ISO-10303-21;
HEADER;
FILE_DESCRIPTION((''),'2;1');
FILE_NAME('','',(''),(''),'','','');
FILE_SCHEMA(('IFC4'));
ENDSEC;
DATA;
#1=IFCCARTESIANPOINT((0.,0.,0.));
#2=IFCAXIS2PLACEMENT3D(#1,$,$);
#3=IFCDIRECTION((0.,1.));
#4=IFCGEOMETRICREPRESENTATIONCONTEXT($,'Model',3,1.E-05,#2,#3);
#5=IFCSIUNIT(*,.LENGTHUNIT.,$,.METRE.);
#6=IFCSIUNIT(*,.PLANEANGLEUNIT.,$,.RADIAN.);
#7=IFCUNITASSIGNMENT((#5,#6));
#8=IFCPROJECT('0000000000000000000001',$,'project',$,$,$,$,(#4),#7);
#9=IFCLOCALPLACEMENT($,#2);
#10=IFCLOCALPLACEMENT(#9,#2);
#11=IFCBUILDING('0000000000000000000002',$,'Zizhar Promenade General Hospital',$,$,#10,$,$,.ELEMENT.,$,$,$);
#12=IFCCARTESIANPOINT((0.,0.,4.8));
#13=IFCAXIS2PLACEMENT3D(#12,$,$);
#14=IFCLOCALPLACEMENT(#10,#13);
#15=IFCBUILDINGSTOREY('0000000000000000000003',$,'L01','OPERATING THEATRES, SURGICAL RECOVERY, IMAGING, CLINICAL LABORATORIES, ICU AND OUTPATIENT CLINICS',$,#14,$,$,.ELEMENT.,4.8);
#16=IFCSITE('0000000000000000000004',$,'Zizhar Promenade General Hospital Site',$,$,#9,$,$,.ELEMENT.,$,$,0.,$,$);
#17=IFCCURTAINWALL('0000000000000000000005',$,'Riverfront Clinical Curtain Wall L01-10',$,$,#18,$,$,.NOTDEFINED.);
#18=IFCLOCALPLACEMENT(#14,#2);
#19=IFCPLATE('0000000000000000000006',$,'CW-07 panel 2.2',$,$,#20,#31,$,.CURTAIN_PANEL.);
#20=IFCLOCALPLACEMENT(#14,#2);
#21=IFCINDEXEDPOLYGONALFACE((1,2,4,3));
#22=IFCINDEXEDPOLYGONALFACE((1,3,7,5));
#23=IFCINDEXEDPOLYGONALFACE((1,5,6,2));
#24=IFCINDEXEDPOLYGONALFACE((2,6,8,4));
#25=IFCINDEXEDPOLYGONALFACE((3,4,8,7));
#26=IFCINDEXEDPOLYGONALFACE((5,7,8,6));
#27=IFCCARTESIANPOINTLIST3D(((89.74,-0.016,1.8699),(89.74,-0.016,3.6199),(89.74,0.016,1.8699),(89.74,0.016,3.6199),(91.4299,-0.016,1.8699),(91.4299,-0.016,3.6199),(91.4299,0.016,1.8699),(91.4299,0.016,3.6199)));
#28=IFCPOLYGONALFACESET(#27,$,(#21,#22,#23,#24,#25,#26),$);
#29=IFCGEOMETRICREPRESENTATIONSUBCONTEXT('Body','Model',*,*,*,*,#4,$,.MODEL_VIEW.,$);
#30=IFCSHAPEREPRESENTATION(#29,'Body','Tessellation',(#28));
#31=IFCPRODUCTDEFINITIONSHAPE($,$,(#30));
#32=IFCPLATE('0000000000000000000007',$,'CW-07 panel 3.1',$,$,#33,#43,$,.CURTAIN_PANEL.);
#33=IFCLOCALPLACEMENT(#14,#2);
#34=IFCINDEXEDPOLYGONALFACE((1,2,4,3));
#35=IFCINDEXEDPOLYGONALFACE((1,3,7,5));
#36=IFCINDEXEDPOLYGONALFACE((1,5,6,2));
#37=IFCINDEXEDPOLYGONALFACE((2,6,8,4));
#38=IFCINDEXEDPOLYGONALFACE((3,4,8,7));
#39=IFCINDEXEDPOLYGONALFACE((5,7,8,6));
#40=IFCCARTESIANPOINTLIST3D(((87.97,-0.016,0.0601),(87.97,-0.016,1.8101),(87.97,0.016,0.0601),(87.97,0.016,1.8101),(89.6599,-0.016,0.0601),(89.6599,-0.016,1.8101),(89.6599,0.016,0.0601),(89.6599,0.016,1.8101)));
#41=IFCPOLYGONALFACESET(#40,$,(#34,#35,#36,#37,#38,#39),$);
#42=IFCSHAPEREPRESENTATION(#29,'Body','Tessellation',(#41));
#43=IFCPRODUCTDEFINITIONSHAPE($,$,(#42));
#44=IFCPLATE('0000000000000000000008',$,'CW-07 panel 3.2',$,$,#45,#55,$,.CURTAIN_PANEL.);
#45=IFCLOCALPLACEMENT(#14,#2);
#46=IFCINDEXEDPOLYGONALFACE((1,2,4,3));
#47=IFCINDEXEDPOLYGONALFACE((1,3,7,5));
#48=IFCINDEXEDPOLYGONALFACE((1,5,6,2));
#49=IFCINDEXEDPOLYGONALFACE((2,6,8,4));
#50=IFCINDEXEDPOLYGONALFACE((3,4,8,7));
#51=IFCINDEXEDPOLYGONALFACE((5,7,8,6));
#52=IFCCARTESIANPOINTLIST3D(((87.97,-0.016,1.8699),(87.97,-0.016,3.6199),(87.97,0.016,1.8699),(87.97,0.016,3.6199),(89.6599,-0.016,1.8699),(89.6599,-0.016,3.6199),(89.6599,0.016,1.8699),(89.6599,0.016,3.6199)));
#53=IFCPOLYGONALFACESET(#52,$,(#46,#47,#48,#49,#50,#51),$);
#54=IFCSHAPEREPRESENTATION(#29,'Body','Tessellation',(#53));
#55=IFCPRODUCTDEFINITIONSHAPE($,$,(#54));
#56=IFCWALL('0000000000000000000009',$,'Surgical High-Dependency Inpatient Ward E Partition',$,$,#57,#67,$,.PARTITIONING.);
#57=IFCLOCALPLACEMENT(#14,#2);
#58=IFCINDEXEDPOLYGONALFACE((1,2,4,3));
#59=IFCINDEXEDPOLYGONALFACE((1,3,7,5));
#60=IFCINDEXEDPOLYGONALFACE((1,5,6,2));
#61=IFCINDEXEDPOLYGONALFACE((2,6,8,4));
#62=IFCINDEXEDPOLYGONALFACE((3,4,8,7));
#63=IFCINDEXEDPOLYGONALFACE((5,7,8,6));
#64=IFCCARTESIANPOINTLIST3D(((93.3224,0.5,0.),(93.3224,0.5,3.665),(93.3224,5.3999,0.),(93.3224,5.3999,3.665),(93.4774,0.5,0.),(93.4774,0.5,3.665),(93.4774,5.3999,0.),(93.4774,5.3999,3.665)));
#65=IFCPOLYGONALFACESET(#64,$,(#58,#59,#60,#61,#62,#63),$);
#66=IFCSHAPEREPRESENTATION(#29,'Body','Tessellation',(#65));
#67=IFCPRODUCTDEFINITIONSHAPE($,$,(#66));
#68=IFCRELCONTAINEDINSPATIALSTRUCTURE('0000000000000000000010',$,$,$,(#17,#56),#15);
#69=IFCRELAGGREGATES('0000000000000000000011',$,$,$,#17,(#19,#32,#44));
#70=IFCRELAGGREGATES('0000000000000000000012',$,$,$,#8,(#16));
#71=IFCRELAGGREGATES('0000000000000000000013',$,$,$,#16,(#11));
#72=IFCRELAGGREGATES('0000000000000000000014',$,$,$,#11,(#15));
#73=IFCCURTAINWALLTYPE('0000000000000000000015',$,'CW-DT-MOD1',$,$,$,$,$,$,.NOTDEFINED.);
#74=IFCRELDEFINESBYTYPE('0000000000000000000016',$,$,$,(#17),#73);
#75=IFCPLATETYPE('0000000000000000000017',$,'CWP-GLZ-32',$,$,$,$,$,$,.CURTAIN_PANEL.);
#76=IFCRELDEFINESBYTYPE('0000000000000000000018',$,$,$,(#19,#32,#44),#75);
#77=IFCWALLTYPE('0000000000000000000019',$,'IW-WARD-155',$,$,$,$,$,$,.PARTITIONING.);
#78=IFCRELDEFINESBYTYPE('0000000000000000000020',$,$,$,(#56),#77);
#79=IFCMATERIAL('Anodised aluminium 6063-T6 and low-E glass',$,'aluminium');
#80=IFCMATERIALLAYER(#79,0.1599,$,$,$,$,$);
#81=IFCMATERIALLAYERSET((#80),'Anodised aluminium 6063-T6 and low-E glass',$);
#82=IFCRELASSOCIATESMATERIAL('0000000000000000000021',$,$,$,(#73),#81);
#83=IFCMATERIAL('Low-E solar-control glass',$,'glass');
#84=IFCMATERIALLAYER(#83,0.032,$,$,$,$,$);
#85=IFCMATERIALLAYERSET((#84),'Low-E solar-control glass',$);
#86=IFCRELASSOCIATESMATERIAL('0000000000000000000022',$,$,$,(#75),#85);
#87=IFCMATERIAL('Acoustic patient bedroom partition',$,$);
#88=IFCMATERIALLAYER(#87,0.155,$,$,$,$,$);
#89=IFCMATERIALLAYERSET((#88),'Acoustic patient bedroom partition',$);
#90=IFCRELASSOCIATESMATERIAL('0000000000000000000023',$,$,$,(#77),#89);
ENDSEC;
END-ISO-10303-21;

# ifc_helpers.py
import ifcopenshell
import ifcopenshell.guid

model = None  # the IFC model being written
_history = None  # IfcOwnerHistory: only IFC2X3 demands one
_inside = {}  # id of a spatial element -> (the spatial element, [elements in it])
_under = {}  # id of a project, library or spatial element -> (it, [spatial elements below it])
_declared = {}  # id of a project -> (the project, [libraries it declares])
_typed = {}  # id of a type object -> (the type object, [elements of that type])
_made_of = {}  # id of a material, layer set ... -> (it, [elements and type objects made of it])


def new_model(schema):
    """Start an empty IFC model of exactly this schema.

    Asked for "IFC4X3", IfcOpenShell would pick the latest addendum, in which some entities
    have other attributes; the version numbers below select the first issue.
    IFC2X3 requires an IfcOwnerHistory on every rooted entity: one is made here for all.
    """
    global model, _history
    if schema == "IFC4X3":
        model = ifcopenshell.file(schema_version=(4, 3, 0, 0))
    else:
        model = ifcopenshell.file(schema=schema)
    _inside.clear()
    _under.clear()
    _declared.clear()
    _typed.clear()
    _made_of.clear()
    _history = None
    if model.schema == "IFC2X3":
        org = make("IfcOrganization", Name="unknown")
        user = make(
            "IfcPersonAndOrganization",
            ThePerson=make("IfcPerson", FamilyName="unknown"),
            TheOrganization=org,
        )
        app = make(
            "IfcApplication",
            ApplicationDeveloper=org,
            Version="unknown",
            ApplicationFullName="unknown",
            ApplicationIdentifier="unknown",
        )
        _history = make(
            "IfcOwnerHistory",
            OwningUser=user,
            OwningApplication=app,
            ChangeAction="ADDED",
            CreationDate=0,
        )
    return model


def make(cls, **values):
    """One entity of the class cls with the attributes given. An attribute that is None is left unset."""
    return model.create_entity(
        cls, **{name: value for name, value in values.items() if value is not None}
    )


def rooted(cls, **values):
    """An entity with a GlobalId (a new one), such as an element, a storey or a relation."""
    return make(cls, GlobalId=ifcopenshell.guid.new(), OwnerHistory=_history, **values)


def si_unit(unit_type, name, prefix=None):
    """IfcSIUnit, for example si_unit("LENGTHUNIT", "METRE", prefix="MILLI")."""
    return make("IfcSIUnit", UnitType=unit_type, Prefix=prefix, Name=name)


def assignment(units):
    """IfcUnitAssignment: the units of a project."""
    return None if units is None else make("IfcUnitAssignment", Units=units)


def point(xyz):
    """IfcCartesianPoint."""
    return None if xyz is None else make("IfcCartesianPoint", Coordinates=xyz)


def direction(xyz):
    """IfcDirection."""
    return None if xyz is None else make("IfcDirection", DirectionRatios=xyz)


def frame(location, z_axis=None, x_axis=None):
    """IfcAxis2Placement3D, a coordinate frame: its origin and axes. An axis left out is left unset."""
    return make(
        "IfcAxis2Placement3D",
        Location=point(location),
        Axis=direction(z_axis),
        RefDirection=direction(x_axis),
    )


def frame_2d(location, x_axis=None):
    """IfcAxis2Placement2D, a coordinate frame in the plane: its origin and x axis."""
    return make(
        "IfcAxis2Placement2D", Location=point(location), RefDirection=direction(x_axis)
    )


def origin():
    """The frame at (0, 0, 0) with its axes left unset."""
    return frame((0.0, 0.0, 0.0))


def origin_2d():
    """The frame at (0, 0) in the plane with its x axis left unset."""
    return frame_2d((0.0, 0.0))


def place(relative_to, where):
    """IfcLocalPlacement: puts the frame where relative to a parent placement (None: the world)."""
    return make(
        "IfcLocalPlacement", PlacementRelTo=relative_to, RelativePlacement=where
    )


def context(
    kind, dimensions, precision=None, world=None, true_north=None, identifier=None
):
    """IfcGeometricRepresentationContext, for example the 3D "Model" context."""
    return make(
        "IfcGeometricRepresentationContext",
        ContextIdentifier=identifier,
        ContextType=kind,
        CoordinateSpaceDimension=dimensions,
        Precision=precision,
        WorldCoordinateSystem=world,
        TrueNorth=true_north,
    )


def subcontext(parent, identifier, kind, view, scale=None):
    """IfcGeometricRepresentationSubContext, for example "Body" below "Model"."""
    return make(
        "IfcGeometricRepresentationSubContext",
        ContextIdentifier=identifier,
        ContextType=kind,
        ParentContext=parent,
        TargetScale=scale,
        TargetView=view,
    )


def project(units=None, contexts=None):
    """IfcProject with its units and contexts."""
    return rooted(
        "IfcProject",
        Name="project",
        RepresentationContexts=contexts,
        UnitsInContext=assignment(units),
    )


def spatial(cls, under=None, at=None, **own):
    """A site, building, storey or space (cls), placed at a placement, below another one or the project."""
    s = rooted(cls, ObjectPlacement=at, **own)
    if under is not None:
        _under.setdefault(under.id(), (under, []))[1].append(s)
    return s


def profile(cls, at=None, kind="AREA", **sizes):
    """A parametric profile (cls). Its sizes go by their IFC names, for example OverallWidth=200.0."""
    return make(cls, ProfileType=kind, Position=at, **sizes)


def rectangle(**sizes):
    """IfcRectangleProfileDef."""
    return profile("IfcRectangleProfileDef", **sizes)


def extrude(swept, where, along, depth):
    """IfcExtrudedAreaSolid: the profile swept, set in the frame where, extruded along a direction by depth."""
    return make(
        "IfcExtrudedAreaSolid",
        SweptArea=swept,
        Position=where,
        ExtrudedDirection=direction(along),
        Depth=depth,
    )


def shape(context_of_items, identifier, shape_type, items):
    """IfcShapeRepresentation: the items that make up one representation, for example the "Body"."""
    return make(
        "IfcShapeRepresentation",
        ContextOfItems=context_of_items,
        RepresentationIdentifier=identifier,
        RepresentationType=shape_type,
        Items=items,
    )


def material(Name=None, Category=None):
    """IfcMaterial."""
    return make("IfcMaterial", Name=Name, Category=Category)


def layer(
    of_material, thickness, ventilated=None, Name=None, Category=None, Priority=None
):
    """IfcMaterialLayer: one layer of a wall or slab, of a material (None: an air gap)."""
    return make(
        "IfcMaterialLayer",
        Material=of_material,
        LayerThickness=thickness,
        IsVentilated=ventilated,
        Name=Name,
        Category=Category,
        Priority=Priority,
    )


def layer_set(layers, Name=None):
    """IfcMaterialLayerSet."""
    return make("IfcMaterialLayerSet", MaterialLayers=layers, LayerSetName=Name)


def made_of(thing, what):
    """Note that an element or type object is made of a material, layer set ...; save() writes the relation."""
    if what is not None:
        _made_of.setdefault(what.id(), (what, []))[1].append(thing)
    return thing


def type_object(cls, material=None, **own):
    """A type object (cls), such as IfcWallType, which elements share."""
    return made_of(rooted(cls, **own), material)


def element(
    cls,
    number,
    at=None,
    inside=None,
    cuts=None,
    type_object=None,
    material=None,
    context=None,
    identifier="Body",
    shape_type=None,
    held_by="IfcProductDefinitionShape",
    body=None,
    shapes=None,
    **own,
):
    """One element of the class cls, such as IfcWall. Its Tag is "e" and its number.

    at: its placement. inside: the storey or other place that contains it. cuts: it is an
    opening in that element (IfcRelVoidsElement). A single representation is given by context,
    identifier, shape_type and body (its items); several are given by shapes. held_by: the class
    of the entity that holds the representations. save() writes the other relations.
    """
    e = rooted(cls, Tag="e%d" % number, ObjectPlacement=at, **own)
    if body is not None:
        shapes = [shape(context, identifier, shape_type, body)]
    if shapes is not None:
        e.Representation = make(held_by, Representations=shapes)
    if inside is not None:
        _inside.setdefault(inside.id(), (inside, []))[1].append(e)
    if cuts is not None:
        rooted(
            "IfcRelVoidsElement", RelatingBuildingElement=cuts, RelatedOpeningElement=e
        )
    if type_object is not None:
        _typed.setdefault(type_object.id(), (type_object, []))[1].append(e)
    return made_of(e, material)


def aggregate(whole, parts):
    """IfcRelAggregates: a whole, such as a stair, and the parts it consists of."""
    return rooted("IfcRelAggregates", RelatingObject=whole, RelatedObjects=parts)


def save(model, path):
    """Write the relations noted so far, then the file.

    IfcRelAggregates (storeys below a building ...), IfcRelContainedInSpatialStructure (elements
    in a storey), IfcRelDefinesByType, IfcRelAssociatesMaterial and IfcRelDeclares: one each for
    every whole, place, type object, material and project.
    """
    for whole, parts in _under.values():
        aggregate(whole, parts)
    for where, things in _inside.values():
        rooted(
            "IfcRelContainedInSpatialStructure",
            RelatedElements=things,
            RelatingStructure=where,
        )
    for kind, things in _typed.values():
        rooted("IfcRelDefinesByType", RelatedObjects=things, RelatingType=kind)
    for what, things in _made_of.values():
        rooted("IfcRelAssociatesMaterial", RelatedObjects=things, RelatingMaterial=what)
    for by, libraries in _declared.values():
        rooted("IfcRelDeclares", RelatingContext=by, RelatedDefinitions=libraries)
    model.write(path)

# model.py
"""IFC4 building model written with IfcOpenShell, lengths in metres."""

from ifc_helpers import new_model, si_unit, direction, frame, frame_2d, origin, origin_2d, place, context, subcontext, project, spatial, rectangle, extrude, material, layer, layer_set, type_object, element, aggregate, save


model = new_model("IFC4")

# Units and contexts
model_context = context("Model", 3, precision=1e-05, world=origin(), true_north=direction((0.0, 1.0)))
body_context = subcontext(model_context, "Body", "Model", "MODEL_VIEW")
ifc_project = project(units=[si_unit("LENGTHUNIT", "METRE"), si_unit("PLANEANGLEUNIT", "RADIAN")], contexts=[model_context])

# Site, building, storey
site_placement = place(None, origin())
site = spatial("IfcSite", under=ifc_project, at=site_placement, Name="Zizhar Promenade General Hospital Site", CompositionType="ELEMENT", RefElevation=0.0)
building_placement = place(site_placement, origin())
building = spatial("IfcBuilding", under=site, at=building_placement, Name="Zizhar Promenade General Hospital", CompositionType="ELEMENT")
storey_placement = place(building_placement, frame((0.0, 0.0, 4.8)))
storey = spatial("IfcBuildingStorey", under=building, at=storey_placement, Name="L01", Description="OPERATING THEATRES, SURGICAL RECOVERY, IMAGING, CLINICAL LABORATORIES, ICU AND OUTPATIENT CLINICS", CompositionType="ELEMENT", Elevation=4.8)

# Curtain wall, plates
ifc_material_1 = material(Name="Anodised aluminium 6063-T6 and low-E glass", Category="aluminium")
ifc_layer_1 = layer(ifc_material_1, 0.1599)
ifc_layer_set_1 = layer_set([ifc_layer_1], Name="Anodised aluminium 6063-T6 and low-E glass")
curtain_wall_type = type_object("IfcCurtainWallType", Name="CW-DT-MOD1", PredefinedType="NOTDEFINED", material=ifc_layer_set_1)
curtain_wall_placement = place(storey_placement, origin())
curtain_wall = element("IfcCurtainWall", 1, at=curtain_wall_placement, inside=storey, type_object=curtain_wall_type, Name="Riverfront Clinical Curtain Wall L01-10", PredefinedType="NOTDEFINED")
ifc_material_2 = material(Name="Low-E solar-control glass", Category="glass")
ifc_layer_2 = layer(ifc_material_2, 0.032)
ifc_layer_set_2 = layer_set([ifc_layer_2], Name="Low-E solar-control glass")
plate_type = type_object("IfcPlateType", Name="CWP-GLZ-32", PredefinedType="CURTAIN_PANEL", material=ifc_layer_set_2)
plate_1_placement = place(storey_placement, frame((90.585, 0.0, 1.8699), z_axis=(0.0, 0.0, 1.0), x_axis=(-1.0, 0.0, 0.0)))
plate_1 = element("IfcPlate", 2, at=plate_1_placement, type_object=plate_type, Name="CW-07 panel 2.2", PredefinedType="CURTAIN_PANEL", context=body_context, shape_type="SweptSolid", body=[
    extrude(rectangle(XDim=1.6899, YDim=0.032, at=origin_2d()), origin(), (0.0, 0.0, 1.0), 1.75),
])
plate_2_placement = place(storey_placement, frame((88.8149, 0.0, 0.0601), z_axis=(0.0, 0.0, 1.0), x_axis=(-1.0, 0.0, 0.0)))
plate_2 = element("IfcPlate", 3, at=plate_2_placement, type_object=plate_type, Name="CW-07 panel 3.1", PredefinedType="CURTAIN_PANEL", context=body_context, shape_type="SweptSolid", body=[
    extrude(rectangle(XDim=1.6899, YDim=0.032, at=origin_2d()), origin(), (0.0, 0.0, 1.0), 1.75),
])
plate_3_placement = place(storey_placement, frame((88.8149, 0.0, 1.8699), z_axis=(0.0, 0.0, 1.0), x_axis=(-1.0, 0.0, 0.0)))
plate_3 = element("IfcPlate", 4, at=plate_3_placement, type_object=plate_type, Name="CW-07 panel 3.2", PredefinedType="CURTAIN_PANEL", context=body_context, shape_type="SweptSolid", body=[
    extrude(rectangle(XDim=1.6899, YDim=0.032, at=origin_2d()), origin(), (0.0, 0.0, 1.0), 1.75),
])
aggregate(curtain_wall, [plate_1, plate_2, plate_3])

# Wall
ifc_material_3 = material(Name="Acoustic patient bedroom partition")
ifc_layer_3 = layer(ifc_material_3, 0.155)
ifc_layer_set_3 = layer_set([ifc_layer_3], Name="Acoustic patient bedroom partition")
wall_type = type_object("IfcWallType", Name="IW-WARD-155", PredefinedType="PARTITIONING", material=ifc_layer_set_3)
wall_placement = place(storey_placement, frame((93.3999, 0.5, 0.0), z_axis=(0.0, 0.0, 1.0), x_axis=(0.0, 1.0, 0.0)))
element("IfcWall", 5, at=wall_placement, inside=storey, type_object=wall_type, Name="Surgical High-Dependency Inpatient Ward E Partition", PredefinedType="PARTITIONING", context=body_context, shape_type="SweptSolid", body=[
    extrude(rectangle(XDim=4.8999, YDim=0.155, at=frame_2d((2.45, 0.0))), origin(), (0.0, 0.0, 1.0), 3.665),
])

save(model, "model.ifc")
